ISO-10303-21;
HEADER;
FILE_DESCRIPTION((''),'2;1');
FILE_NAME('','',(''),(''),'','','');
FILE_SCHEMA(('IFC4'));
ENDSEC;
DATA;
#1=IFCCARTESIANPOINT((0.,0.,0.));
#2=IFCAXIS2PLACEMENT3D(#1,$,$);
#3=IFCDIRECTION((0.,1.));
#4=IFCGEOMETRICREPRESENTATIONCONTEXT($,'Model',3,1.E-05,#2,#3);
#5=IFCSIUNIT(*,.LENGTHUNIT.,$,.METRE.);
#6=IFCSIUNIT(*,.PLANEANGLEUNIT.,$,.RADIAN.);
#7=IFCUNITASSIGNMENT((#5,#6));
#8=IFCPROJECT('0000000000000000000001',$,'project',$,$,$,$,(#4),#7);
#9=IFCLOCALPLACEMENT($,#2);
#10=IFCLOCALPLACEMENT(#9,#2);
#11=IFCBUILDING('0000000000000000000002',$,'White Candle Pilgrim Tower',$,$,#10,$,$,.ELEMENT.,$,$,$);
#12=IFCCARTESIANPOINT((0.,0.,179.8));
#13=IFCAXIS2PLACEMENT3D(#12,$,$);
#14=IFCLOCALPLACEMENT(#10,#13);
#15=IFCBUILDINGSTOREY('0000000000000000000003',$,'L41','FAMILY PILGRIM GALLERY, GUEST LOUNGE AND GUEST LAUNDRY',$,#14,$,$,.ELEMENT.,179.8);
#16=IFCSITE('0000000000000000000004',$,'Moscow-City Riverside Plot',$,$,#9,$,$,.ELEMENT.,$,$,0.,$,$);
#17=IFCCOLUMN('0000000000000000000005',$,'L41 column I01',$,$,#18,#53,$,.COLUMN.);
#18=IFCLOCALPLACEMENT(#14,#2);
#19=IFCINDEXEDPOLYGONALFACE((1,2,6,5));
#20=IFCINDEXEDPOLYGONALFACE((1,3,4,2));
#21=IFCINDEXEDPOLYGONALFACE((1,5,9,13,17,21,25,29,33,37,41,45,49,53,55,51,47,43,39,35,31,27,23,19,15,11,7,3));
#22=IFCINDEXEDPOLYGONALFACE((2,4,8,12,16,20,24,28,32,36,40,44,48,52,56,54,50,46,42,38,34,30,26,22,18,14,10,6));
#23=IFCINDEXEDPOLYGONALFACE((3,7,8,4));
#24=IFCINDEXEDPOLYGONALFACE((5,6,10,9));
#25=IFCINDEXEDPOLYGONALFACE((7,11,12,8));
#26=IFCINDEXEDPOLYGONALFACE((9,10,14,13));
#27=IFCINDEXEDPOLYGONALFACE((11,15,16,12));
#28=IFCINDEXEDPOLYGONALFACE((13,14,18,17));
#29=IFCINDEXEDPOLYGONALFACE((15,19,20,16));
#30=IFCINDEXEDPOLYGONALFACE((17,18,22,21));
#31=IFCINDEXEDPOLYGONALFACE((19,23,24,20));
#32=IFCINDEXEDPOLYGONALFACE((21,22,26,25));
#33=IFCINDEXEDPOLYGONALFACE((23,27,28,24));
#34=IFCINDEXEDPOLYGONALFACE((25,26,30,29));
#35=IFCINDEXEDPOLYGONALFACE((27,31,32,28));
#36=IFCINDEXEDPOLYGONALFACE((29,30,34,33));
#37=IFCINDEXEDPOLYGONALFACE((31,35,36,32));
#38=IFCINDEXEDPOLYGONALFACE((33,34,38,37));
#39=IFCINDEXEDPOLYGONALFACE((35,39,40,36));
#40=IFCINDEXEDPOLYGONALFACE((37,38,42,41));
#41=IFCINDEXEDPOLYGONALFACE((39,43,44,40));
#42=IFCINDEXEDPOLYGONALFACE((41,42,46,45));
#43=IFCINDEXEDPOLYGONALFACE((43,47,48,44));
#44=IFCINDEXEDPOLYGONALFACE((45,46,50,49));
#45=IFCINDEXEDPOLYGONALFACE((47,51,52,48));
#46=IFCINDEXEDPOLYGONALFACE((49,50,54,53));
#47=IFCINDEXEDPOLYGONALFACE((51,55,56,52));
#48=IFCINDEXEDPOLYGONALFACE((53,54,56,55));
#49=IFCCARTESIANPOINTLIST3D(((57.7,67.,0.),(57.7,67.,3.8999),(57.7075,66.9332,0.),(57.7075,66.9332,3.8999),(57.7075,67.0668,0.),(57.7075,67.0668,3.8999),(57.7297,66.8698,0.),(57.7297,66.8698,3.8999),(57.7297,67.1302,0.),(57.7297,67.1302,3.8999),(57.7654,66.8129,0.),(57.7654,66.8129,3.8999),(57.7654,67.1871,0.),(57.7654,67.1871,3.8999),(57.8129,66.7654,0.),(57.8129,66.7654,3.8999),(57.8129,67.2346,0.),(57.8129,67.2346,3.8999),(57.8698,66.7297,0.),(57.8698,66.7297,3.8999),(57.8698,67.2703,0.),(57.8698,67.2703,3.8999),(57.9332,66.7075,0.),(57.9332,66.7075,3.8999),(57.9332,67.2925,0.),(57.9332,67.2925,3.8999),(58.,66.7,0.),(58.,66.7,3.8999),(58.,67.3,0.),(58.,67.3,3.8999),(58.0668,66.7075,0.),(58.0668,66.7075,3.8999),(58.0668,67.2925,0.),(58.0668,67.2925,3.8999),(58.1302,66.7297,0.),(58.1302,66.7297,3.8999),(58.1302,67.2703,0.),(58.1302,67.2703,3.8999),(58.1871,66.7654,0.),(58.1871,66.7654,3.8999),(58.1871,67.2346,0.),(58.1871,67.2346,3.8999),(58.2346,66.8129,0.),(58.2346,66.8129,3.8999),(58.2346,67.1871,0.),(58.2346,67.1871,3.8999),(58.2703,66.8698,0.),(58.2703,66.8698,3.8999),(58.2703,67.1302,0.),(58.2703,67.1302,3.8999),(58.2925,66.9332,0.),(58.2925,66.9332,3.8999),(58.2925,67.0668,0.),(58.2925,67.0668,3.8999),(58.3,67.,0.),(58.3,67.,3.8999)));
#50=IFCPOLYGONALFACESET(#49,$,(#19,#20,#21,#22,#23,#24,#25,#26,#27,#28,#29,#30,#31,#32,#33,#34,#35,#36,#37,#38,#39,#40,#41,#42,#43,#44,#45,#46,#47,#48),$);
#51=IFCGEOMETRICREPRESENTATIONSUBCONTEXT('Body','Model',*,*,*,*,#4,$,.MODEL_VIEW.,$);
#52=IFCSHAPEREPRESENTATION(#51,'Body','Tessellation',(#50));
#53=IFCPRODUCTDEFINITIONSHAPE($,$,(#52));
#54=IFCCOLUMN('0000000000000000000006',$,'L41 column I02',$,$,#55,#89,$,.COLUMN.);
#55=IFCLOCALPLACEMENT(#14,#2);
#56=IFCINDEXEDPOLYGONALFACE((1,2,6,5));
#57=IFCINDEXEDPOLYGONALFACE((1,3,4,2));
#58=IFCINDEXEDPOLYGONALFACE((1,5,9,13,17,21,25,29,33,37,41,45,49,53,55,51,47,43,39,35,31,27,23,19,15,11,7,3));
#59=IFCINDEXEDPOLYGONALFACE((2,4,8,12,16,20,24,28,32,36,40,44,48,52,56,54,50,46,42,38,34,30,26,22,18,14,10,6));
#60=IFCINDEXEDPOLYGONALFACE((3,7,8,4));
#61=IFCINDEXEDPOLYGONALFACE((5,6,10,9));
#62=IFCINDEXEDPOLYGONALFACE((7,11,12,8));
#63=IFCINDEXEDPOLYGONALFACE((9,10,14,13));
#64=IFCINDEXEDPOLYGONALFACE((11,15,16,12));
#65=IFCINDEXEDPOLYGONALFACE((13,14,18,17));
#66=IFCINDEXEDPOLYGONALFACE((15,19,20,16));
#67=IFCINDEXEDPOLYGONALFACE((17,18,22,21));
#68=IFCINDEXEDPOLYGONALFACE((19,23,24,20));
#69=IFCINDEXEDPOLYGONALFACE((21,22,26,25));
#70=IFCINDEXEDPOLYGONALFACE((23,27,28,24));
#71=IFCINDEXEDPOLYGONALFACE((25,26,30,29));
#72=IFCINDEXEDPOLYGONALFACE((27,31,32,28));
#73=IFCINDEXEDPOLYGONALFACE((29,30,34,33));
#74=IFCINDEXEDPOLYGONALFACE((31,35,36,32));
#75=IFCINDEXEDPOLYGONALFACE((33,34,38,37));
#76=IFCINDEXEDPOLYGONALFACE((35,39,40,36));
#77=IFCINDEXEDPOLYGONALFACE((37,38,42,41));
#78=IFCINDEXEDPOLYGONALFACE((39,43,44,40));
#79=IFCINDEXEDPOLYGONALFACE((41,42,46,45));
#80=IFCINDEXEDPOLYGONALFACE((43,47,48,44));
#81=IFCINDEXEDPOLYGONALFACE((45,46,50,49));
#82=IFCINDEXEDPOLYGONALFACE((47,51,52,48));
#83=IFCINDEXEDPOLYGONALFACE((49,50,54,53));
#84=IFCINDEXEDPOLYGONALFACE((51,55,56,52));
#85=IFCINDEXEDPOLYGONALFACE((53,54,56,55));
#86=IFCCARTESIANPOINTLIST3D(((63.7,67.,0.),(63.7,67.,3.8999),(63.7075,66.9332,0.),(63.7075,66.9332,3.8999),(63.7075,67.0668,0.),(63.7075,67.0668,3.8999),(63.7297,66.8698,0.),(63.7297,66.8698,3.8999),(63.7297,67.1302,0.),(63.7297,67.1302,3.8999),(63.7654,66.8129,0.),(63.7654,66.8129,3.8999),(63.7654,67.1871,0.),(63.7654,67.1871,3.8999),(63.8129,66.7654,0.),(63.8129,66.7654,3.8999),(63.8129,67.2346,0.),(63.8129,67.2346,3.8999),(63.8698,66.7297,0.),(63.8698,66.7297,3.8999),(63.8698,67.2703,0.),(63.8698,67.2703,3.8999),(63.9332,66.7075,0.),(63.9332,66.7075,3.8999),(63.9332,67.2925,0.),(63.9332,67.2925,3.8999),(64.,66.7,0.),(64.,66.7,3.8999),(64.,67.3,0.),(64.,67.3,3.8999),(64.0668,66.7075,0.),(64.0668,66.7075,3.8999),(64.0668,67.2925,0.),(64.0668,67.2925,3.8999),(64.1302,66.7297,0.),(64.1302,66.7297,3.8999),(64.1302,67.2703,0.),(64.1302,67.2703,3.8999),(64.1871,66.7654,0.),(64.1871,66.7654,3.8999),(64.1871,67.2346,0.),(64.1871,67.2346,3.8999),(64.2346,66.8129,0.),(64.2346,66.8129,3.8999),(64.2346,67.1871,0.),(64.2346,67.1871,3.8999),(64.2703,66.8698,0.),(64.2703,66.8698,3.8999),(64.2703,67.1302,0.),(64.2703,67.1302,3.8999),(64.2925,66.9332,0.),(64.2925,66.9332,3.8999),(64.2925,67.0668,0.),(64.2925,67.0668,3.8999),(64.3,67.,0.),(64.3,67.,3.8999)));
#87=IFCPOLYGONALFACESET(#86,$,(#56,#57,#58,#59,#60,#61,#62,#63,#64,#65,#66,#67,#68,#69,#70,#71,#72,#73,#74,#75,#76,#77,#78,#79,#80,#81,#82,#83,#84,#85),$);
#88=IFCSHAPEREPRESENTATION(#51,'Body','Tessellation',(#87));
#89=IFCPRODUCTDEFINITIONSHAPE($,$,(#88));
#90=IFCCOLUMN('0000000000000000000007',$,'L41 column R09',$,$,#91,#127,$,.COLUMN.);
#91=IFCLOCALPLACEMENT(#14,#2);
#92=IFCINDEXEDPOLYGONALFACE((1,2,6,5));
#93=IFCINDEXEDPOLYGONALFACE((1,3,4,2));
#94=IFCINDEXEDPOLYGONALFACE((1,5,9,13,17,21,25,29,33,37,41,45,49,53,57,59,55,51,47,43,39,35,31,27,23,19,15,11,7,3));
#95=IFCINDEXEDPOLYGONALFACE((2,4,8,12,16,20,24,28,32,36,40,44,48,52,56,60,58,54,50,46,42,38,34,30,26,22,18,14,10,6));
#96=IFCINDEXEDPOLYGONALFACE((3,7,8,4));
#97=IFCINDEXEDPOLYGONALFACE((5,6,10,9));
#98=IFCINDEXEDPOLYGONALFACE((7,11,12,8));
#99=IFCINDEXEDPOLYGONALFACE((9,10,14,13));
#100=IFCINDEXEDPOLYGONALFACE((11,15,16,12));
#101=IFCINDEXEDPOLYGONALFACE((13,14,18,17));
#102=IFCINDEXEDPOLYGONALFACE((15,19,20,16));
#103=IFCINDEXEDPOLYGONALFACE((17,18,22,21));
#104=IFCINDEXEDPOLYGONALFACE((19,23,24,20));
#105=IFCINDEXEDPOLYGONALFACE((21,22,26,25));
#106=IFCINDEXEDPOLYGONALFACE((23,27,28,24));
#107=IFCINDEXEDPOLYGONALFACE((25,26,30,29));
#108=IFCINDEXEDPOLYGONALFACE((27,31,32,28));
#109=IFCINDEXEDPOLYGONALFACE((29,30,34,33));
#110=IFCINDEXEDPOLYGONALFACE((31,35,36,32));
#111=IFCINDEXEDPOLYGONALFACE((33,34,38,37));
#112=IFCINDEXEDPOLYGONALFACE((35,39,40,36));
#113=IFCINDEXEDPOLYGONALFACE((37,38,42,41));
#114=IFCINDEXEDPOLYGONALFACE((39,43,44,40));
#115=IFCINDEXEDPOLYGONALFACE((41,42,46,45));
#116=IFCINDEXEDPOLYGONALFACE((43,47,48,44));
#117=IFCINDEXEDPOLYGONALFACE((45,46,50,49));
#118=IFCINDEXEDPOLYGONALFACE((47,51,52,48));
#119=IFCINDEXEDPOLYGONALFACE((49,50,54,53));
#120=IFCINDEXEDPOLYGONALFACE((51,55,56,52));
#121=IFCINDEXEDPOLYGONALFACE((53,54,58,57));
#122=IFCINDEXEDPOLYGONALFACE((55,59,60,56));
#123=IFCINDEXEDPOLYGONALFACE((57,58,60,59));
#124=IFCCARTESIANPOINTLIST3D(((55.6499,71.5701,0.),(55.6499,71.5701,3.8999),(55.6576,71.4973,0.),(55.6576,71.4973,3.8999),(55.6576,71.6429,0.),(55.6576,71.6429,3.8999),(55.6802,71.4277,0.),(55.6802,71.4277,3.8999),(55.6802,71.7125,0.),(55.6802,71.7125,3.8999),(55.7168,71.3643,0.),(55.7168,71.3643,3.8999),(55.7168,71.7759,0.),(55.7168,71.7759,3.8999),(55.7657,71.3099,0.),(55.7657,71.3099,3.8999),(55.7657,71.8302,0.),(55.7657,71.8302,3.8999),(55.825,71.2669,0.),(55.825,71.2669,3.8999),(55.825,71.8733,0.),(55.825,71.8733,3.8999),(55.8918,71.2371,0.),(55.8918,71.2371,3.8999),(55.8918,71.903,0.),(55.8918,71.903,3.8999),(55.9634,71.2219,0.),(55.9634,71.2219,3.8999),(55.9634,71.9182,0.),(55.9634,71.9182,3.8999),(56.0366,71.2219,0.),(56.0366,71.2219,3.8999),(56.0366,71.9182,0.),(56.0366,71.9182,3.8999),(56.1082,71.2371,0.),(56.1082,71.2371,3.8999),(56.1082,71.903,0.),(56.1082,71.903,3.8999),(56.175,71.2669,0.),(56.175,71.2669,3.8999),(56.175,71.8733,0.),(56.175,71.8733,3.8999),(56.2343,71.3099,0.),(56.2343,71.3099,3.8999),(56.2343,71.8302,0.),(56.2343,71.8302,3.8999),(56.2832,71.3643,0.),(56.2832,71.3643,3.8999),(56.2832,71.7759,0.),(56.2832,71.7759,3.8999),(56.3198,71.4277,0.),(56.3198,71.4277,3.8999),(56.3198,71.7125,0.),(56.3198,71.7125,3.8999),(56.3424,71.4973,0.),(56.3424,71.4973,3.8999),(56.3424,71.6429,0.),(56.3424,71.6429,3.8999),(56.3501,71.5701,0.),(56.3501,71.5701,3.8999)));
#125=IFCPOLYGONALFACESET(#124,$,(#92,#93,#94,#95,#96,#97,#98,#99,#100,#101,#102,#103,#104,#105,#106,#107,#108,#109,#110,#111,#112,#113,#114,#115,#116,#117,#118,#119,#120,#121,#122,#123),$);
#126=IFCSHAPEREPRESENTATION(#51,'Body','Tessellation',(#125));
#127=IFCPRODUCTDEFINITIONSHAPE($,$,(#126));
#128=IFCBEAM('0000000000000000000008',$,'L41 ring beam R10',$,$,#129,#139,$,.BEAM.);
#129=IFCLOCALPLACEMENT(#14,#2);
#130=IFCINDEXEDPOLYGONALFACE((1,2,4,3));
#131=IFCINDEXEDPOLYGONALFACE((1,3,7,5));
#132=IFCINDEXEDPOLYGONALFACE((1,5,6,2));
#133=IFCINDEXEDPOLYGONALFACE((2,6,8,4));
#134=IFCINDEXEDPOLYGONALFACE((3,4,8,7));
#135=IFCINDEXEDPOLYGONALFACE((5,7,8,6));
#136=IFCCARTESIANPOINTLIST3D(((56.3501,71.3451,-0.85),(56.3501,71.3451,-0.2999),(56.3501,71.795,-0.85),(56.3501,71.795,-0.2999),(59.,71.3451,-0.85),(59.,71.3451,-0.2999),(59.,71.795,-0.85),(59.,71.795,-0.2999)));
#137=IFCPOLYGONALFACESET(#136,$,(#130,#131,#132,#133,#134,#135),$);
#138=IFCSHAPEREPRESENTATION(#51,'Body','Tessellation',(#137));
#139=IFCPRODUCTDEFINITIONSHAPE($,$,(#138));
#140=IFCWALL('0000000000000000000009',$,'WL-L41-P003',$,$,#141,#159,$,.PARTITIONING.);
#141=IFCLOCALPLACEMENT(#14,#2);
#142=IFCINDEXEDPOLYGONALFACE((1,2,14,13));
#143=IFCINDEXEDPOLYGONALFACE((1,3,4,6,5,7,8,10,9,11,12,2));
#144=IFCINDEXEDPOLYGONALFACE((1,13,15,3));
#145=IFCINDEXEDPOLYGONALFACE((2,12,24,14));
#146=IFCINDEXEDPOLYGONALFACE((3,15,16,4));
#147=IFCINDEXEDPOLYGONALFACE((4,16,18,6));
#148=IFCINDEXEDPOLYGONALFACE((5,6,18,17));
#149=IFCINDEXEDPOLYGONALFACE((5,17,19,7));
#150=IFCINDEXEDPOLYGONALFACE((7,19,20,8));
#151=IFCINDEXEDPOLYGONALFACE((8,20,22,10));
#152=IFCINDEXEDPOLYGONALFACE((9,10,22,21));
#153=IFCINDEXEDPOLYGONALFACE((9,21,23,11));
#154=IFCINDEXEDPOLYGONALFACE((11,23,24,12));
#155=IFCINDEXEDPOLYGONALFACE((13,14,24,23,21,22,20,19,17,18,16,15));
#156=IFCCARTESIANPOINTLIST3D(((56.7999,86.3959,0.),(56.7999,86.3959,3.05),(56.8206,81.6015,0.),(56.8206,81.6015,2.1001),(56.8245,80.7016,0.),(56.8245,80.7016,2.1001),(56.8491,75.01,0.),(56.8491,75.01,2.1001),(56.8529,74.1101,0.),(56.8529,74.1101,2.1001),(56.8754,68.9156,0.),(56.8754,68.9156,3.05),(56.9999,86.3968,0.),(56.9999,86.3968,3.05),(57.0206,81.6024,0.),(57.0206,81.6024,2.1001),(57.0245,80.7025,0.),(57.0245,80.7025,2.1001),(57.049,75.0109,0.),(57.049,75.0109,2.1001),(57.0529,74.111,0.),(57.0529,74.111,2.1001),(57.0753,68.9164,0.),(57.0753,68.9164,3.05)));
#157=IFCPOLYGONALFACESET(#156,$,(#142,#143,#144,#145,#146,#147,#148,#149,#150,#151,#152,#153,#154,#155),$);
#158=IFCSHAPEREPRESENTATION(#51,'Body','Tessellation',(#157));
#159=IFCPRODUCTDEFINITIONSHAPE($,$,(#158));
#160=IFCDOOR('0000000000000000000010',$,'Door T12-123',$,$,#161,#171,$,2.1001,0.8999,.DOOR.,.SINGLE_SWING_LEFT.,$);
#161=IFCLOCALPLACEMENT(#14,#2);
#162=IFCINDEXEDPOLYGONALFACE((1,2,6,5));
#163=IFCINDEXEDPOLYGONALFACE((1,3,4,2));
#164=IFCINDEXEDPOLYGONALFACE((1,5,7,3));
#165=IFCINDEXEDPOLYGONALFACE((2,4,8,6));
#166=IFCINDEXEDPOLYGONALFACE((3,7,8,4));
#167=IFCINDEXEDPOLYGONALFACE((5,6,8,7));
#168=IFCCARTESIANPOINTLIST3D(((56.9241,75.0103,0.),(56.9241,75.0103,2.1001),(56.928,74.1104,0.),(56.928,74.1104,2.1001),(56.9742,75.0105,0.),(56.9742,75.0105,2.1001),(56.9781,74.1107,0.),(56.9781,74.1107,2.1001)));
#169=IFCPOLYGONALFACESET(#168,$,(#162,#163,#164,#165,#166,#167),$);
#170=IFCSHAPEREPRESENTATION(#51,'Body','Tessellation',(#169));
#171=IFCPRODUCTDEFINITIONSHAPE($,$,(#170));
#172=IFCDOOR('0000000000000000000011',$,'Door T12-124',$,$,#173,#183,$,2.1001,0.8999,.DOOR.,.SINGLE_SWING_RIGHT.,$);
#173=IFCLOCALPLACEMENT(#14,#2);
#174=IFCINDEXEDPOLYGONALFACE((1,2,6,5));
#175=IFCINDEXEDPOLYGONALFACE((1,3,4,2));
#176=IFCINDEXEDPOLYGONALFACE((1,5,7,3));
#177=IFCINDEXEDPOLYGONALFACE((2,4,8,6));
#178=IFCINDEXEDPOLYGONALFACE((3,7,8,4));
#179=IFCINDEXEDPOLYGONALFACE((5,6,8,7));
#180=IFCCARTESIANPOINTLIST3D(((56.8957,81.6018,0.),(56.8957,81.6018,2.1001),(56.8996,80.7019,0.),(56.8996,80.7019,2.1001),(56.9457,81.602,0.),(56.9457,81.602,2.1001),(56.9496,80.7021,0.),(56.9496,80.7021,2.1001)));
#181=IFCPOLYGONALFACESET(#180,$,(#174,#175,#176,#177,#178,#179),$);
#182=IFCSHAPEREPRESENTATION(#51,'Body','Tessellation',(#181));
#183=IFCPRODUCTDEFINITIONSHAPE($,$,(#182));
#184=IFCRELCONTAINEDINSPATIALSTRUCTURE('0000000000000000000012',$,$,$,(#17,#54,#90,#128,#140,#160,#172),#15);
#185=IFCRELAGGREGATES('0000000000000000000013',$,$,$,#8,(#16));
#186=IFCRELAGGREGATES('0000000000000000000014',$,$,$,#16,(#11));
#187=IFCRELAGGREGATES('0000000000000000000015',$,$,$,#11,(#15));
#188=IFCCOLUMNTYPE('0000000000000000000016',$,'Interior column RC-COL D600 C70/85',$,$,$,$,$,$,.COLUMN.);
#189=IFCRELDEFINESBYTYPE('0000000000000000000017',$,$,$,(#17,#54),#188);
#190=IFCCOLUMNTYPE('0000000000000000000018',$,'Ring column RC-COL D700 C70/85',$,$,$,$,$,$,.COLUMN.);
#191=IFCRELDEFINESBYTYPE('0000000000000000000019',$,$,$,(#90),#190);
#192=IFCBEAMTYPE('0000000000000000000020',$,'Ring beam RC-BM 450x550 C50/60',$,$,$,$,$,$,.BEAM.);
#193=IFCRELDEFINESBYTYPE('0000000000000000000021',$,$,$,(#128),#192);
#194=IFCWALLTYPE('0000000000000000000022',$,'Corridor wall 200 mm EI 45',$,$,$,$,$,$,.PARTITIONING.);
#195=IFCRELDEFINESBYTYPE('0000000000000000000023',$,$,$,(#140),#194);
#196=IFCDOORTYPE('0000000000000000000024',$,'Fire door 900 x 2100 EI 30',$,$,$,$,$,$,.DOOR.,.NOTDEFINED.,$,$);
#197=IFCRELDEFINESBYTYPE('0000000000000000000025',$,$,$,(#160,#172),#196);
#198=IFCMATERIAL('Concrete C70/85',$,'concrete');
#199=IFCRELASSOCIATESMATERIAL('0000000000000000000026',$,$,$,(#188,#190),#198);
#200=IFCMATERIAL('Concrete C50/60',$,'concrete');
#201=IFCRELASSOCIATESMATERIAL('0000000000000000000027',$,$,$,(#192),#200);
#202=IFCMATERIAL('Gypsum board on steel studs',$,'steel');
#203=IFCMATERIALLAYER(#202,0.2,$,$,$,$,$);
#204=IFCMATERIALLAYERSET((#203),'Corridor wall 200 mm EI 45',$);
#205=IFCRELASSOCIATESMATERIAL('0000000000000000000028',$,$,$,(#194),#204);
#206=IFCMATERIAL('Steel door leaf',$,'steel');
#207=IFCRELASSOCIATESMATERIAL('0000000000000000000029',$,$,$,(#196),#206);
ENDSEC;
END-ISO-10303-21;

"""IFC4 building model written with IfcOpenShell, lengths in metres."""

from ifc_helpers import new_model, si_unit, direction, frame, frame_2d, origin, origin_2d, place, context, subcontext, project, spatial, rectangle, circle, extrude, material, layer, layer_set, material_profile, profile_set, type_object, element, fill, save


model = new_model("IFC4")

# Units and contexts
model_context = context("Model", 3, precision=1e-05, world=origin(), true_north=direction((0.0, 1.0)))
body_context = subcontext(model_context, "Body", "Model", "MODEL_VIEW")
ifc_project = project(units=[si_unit("LENGTHUNIT", "METRE"), si_unit("PLANEANGLEUNIT", "RADIAN")], contexts=[model_context])

# Site, building, storey
site_placement = place(None, origin())
site = spatial("IfcSite", under=ifc_project, at=site_placement, Name="Moscow-City Riverside Plot", CompositionType="ELEMENT", RefElevation=0.0)
building_placement = place(site_placement, origin())
building = spatial("IfcBuilding", under=site, at=building_placement, Name="White Candle Pilgrim Tower", CompositionType="ELEMENT")
storey_placement = place(building_placement, frame((0.0, 0.0, 179.8)))
storey = spatial("IfcBuildingStorey", under=building, at=storey_placement, Name="L41", Description="FAMILY PILGRIM GALLERY, GUEST LOUNGE AND GUEST LAUNDRY", CompositionType="ELEMENT", Elevation=179.8)

# Columns
ifc_material_1 = material(Name="Concrete C70/85", Category="concrete")
ifc_material_profile_1 = material_profile(ifc_material_1, circle(Radius=0.3, at=origin_2d()), Name="RC-COL D600")
ifc_profile_set_1 = profile_set([ifc_material_profile_1], Name="Concrete C70/85")
column_type_1 = type_object("IfcColumnType", Name="Interior column RC-COL D600 C70/85", PredefinedType="COLUMN", material=ifc_profile_set_1)
for number, where, z_axis, x_axis, name in (
    (1, (58.0, 67.0, 0.0), (0.0, 0.0, 1.0), (1.0, 0.0, 0.0), "L41 column I01"),
    (2, (64.0, 67.0, 0.0), (0.0, 0.0, 1.0), (1.0, 0.0, 0.0), "L41 column I02"),
):
    element("IfcColumn", number, at=place(storey_placement, frame(where, z_axis=z_axis, x_axis=x_axis)), inside=storey, type_object=column_type_1, Name=name, PredefinedType="COLUMN", context=body_context, shape_type="SweptSolid", body=[
        extrude(circle(Radius=0.3, at=origin_2d()), origin(), (0.0, 0.0, 1.0), 3.8999),
    ])
ifc_material_profile_2 = material_profile(ifc_material_1, circle(Radius=0.3501, at=origin_2d()), Name="RC-COL D700")
ifc_profile_set_2 = profile_set([ifc_material_profile_2], Name="Concrete C70/85")
column_type_2 = type_object("IfcColumnType", Name="Ring column RC-COL D700 C70/85", PredefinedType="COLUMN", material=ifc_profile_set_2)
column_placement = place(storey_placement, frame((56.0, 71.5701, 0.0), z_axis=(0.0, 0.0, 1.0), x_axis=(1.0, 0.0, 0.0)))
element("IfcColumn", 3, at=column_placement, inside=storey, type_object=column_type_2, Name="L41 column R09", PredefinedType="COLUMN", context=body_context, shape_type="SweptSolid", body=[
    extrude(circle(Radius=0.3501, at=origin_2d()), origin(), (0.0, 0.0, 1.0), 3.8999),
])

# Beam
ifc_material_2 = material(Name="Concrete C50/60", Category="concrete")
ifc_material_profile_3 = material_profile(ifc_material_2, rectangle(XDim=0.45, YDim=0.55, at=origin_2d()), Name="RC-BM 450x550")
ifc_profile_set_3 = profile_set([ifc_material_profile_3], Name="Concrete C50/60")
beam_type = type_object("IfcBeamType", Name="Ring beam RC-BM 450x550 C50/60", PredefinedType="BEAM", material=ifc_profile_set_3)
beam_placement = place(storey_placement, frame((56.3501, 71.5701, -0.575), z_axis=(1.0, 0.0, 0.0), x_axis=(0.0, 1.0, 0.0)))
element("IfcBeam", 4, at=beam_placement, inside=storey, type_object=beam_type, Name="L41 ring beam R10", PredefinedType="BEAM", context=body_context, shape_type="SweptSolid", body=[
    extrude(rectangle(XDim=0.45, YDim=0.55, at=origin_2d()), origin(), (0.0, 0.0, 1.0), 2.6499),
])

# Wall, openings, doors
ifc_material_3 = material(Name="Gypsum board on steel studs", Category="steel")
ifc_layer_1 = layer(ifc_material_3, 0.2)
ifc_layer_set_1 = layer_set([ifc_layer_1], Name="Corridor wall 200 mm EI 45")
wall_type_1 = type_object("IfcWallType", Name="Corridor wall 200 mm EI 45", PredefinedType="PARTITIONING", material=ifc_layer_set_1)
wall_1_placement = place(storey_placement, frame((56.9753, 68.916, 0.0), z_axis=(0.0, 0.0, 1.0), x_axis=(-0.004316, 0.999991, 0.0)))
wall_1 = element("IfcWall", 5, at=wall_1_placement, inside=storey, type_object=wall_type_1, Name="WL-L41-P003", PredefinedType="PARTITIONING", context=body_context, shape_type="SweptSolid", body=[
    extrude(rectangle(XDim=17.4805, YDim=0.2, at=frame_2d((8.7402, 0.0))), origin(), (0.0, 0.0, 1.0), 3.05),
])
opening_1_placement = place(wall_1_placement, frame((5.1946, 0.0, 0.0)))
opening_1 = element("IfcOpeningElement", 6, at=opening_1_placement, cuts=wall_1, PredefinedType="OPENING", context=body_context, shape_type="SweptSolid", body=[
    extrude(rectangle(XDim=0.8999, YDim=2.1001, at=frame_2d((0.45, 1.05))), frame((0.0, 0.1099, 0.0), z_axis=(0.0, -1.0, 0.0), x_axis=(1.0, 0.0, 0.0)), (0.0, 0.0, 1.0), 0.22),
])
opening_2_placement = place(wall_1_placement, frame((11.7861, 0.0, 0.0)))
opening_2 = element("IfcOpeningElement", 7, at=opening_2_placement, cuts=wall_1, PredefinedType="OPENING", context=body_context, shape_type="SweptSolid", body=[
    extrude(rectangle(XDim=0.8999, YDim=2.1001, at=frame_2d((0.45, 1.05))), frame((0.0, 0.1099, 0.0), z_axis=(0.0, -1.0, 0.0), x_axis=(1.0, 0.0, 0.0)), (0.0, 0.0, 1.0), 0.22),
])
ifc_material_4 = material(Name="Steel door leaf", Category="steel")
door_type_1 = type_object("IfcDoorType", Name="Fire door 900 x 2100 EI 30", OperationType="NOTDEFINED", PredefinedType="DOOR", material=ifc_material_4)
door_1_placement = place(opening_1_placement, origin())
door_1 = element("IfcDoor", 8, at=door_1_placement, inside=storey, type_object=door_type_1, Name="Door T12-123", OperationType="SINGLE_SWING_LEFT", OverallHeight=2.1001, OverallWidth=0.8999, PredefinedType="DOOR", context=body_context, shape_type="SweptSolid", body=[
    extrude(rectangle(XDim=0.8999, YDim=2.1001, at=frame_2d((0.45, 1.05))), frame((0.0, 0.0249, 0.0), z_axis=(0.0, -1.0, 0.0), x_axis=(1.0, 0.0, 0.0)), (0.0, 0.0, 1.0), 0.05),
])
fill(opening_1, door_1)
door_2_placement = place(opening_2_placement, origin())
door_2 = element("IfcDoor", 9, at=door_2_placement, inside=storey, type_object=door_type_1, Name="Door T12-124", OperationType="SINGLE_SWING_RIGHT", OverallHeight=2.1001, OverallWidth=0.8999, PredefinedType="DOOR", context=body_context, shape_type="SweptSolid", body=[
    extrude(rectangle(XDim=0.8999, YDim=2.1001, at=frame_2d((0.45, 1.05))), frame((0.0, 0.0249, 0.0), z_axis=(0.0, -1.0, 0.0), x_axis=(1.0, 0.0, 0.0)), (0.0, 0.0, 1.0), 0.05),
])
fill(opening_2, door_2)

save(model, "model.ifc")
